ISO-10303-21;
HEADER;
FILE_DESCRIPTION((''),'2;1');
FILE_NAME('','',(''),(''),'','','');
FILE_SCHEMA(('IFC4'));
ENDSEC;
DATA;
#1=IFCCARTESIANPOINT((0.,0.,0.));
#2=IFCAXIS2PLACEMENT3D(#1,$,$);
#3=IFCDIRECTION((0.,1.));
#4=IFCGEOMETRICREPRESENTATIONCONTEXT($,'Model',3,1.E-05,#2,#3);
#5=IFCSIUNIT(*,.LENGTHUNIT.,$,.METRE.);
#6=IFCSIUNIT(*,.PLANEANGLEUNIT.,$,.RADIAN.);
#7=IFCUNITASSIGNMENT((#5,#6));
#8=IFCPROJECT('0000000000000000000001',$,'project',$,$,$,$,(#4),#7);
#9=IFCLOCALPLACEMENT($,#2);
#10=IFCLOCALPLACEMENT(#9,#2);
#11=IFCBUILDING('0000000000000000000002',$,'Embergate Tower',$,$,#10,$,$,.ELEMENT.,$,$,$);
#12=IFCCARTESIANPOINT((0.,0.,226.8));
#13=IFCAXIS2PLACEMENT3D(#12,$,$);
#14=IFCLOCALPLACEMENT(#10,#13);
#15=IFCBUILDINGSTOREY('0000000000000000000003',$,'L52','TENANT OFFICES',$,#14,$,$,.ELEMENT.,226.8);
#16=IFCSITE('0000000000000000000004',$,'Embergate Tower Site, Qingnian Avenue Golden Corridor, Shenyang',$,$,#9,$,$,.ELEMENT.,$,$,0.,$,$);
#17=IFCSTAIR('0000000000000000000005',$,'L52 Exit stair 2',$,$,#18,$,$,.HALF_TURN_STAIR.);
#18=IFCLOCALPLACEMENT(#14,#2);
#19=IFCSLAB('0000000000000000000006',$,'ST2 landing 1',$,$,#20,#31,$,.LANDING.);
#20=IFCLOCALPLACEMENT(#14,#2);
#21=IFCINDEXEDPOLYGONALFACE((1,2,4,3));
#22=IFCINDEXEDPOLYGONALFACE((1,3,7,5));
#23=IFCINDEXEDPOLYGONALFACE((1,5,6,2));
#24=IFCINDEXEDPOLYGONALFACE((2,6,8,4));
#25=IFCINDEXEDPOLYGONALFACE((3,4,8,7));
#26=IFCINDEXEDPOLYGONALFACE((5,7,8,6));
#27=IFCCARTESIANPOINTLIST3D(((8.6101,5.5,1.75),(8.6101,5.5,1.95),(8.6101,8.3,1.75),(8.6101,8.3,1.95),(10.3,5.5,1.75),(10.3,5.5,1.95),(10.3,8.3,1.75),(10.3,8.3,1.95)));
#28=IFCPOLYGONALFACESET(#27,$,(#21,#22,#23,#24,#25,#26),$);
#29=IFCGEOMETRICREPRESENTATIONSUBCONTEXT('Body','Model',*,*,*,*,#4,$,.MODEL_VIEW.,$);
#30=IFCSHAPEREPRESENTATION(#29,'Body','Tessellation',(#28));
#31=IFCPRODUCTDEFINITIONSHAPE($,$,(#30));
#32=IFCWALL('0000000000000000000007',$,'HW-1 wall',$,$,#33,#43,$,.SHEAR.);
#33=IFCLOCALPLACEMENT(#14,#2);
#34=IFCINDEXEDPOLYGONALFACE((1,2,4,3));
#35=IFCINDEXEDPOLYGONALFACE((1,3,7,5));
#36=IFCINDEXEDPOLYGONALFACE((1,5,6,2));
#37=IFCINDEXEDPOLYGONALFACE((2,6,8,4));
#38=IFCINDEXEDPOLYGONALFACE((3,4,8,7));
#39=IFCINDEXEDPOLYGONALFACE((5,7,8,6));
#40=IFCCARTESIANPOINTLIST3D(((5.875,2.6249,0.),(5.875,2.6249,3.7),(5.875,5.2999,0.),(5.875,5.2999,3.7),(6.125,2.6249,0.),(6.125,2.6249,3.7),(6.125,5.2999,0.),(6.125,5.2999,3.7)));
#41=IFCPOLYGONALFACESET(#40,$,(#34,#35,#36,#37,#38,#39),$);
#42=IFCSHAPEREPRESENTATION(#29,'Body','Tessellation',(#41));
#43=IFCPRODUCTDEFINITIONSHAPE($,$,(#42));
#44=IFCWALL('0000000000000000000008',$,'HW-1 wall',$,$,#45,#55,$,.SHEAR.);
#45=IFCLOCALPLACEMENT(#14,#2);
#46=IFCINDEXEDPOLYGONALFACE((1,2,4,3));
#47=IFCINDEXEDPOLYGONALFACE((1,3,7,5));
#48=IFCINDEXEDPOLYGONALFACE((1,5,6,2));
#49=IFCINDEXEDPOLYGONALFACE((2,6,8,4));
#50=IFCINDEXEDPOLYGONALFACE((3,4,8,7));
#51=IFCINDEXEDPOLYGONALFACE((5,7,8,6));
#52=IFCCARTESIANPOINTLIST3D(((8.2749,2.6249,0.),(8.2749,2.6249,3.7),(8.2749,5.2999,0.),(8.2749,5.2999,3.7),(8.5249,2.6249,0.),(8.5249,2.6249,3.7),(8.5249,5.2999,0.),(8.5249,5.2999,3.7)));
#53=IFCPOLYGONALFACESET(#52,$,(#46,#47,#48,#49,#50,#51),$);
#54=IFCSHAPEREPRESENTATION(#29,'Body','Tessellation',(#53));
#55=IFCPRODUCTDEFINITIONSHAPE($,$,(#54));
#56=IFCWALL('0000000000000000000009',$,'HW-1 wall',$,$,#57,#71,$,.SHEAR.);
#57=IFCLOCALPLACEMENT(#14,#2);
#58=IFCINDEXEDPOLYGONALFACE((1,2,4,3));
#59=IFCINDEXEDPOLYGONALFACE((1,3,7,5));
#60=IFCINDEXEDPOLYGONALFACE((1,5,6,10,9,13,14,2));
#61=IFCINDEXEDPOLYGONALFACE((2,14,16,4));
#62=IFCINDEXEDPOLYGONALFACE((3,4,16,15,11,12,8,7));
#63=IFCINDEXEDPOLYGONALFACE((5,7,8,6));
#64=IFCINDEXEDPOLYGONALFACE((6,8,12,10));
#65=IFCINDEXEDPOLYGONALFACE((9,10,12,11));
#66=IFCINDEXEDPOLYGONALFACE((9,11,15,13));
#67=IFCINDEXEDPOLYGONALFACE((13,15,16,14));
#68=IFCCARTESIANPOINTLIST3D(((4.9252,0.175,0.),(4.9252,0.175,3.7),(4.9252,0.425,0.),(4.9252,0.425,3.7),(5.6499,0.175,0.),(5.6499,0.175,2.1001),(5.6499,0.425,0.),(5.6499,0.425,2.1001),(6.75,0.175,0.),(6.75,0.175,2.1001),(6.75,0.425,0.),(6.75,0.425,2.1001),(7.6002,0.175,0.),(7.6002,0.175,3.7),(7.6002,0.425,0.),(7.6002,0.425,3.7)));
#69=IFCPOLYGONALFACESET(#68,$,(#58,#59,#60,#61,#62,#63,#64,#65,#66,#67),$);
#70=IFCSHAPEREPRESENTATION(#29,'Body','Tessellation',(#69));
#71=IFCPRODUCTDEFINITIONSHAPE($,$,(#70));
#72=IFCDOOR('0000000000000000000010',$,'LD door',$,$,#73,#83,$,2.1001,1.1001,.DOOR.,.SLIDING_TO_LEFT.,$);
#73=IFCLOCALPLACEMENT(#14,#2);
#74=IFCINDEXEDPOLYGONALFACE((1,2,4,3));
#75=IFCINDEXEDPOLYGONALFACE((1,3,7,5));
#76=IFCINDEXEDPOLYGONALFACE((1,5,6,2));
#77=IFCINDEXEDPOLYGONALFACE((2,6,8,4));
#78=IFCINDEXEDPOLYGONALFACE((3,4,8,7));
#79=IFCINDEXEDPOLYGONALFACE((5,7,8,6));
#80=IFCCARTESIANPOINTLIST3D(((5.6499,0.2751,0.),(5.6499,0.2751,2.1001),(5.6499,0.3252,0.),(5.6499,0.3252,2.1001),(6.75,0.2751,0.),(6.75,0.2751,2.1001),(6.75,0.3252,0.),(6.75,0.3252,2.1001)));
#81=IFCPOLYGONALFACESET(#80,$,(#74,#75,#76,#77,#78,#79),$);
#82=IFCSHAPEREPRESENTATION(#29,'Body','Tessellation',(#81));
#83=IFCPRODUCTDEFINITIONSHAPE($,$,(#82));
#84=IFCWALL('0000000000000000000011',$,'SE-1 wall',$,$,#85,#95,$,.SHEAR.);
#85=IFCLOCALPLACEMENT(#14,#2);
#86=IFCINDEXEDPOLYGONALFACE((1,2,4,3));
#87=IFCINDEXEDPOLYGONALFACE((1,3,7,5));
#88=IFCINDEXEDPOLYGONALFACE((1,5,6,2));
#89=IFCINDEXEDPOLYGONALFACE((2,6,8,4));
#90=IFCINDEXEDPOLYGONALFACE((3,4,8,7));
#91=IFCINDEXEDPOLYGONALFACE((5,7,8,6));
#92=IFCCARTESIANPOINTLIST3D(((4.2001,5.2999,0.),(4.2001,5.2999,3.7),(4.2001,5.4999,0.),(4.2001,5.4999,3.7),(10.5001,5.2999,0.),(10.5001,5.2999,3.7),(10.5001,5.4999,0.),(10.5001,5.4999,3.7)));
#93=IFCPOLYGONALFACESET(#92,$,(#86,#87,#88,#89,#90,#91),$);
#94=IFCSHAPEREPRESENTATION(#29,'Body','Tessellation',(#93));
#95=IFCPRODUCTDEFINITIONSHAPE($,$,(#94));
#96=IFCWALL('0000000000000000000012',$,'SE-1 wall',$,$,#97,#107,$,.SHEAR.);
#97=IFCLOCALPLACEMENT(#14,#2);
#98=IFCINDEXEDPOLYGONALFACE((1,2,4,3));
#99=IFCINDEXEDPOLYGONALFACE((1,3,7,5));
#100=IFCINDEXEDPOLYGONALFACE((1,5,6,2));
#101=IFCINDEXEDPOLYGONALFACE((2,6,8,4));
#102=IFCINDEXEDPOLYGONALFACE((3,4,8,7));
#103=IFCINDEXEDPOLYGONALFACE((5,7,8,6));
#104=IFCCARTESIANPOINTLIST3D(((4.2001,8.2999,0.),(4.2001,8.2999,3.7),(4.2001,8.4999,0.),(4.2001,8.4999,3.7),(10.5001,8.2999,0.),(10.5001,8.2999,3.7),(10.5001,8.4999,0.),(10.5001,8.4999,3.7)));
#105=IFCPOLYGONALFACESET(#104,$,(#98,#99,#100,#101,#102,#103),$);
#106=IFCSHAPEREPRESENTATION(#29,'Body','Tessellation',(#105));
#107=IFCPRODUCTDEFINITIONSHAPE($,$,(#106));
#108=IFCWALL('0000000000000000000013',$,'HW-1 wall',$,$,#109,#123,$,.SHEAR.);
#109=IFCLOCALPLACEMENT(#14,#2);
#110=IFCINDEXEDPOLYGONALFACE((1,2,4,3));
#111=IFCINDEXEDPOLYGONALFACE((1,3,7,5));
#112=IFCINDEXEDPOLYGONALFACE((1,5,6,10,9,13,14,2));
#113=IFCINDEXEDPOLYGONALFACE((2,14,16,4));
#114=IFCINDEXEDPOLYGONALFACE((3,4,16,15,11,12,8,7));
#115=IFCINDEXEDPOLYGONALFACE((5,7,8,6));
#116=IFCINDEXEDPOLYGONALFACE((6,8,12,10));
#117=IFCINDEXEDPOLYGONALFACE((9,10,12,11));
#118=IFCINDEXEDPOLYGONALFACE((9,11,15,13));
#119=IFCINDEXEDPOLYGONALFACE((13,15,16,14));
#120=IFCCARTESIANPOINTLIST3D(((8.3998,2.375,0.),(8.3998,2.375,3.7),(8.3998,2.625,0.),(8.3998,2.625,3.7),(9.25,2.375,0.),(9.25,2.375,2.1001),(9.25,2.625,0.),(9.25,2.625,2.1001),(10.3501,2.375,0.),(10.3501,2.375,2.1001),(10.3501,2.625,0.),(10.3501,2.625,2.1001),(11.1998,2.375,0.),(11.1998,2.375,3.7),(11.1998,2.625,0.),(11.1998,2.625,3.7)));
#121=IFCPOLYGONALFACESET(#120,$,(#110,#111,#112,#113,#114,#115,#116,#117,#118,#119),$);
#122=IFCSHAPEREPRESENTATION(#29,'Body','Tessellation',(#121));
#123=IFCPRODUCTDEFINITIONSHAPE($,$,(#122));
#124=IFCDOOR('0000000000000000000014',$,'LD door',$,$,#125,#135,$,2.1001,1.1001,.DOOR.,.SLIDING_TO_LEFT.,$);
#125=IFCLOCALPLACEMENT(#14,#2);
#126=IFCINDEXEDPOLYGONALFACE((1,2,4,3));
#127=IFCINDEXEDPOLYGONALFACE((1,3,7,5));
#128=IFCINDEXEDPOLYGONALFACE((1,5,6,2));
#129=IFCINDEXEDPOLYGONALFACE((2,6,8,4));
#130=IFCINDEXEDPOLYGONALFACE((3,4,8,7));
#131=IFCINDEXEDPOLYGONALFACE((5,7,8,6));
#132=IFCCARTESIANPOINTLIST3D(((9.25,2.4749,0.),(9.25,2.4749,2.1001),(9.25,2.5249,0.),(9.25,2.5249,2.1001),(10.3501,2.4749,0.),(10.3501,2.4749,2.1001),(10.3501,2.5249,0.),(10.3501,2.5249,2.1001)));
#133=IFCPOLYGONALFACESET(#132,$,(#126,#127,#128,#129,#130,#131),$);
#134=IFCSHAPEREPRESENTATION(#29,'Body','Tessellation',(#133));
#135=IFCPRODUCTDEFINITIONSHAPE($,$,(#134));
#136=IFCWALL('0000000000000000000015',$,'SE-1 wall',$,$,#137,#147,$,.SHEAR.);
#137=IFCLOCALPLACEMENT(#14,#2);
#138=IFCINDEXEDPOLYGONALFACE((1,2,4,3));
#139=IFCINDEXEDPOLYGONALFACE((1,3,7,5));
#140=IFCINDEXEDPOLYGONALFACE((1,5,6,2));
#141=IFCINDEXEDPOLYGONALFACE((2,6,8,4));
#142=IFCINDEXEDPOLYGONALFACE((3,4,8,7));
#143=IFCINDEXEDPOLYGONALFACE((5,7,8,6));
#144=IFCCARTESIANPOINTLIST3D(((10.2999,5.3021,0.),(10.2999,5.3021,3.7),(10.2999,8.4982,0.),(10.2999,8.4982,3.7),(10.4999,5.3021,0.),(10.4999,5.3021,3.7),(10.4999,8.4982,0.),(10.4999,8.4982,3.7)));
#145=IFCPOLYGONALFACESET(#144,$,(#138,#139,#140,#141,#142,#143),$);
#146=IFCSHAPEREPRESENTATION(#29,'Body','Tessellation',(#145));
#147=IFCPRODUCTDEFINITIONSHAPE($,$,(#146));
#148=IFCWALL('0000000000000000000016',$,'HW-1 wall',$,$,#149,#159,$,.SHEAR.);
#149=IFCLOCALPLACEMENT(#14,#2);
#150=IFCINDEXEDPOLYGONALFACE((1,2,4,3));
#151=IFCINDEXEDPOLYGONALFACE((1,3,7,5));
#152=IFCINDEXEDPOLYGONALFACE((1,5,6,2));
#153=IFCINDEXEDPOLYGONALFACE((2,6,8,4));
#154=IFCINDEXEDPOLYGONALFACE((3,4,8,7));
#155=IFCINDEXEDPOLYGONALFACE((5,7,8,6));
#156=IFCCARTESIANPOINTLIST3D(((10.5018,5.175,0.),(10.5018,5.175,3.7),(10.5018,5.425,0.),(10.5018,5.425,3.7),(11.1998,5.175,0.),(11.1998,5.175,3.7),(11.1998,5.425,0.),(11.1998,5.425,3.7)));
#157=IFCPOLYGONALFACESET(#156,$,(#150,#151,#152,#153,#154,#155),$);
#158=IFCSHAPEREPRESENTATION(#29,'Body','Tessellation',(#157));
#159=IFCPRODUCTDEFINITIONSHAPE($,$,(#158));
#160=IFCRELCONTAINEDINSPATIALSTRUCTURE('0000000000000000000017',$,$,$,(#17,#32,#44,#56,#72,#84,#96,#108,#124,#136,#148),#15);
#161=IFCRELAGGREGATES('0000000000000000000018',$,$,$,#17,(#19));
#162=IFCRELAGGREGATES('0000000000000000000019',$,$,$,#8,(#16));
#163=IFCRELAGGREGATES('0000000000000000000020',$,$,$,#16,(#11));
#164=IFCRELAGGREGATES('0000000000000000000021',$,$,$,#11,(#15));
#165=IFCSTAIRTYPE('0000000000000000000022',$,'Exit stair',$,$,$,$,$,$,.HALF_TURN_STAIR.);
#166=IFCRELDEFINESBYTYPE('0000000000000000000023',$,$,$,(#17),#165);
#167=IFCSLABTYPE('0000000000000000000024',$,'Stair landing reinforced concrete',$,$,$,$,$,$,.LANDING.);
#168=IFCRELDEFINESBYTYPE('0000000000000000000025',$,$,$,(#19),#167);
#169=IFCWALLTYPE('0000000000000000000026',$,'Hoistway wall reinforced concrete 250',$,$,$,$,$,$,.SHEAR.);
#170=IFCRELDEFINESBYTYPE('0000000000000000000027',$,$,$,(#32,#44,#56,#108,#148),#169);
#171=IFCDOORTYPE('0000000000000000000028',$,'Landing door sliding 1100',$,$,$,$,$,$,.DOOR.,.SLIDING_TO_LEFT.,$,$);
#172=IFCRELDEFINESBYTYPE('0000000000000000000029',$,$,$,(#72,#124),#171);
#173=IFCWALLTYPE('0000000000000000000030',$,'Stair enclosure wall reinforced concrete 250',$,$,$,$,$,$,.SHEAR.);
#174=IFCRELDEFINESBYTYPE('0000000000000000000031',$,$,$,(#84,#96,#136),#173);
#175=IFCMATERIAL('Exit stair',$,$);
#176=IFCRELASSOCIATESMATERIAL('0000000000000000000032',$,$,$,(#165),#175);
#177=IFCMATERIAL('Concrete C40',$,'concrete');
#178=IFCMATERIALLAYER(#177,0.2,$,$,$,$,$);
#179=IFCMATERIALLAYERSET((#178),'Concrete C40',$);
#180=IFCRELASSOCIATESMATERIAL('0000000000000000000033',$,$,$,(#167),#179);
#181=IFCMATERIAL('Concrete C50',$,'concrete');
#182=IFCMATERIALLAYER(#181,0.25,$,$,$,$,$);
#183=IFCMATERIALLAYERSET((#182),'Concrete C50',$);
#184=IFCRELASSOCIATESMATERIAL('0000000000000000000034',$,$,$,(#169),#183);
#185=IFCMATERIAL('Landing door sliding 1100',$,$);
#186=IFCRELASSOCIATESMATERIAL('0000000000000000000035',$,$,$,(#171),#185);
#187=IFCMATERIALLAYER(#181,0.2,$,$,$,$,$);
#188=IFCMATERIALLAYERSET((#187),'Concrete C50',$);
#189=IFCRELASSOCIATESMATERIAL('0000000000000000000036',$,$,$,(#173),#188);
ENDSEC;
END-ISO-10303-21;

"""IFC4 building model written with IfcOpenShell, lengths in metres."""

from ifc_helpers import new_model, si_unit, direction, frame, frame_2d, origin, place, context, subcontext, project, spatial, polyline, rectangle, outline, extrude, source, transform, mapped, material, layer, layer_set, type_object, element, fill, aggregate, save


model = new_model("IFC4")

# Units and contexts
model_context = context("Model", 3, precision=1e-05, world=origin(), true_north=direction((0.0, 1.0)))
body_context = subcontext(model_context, "Body", "Model", "MODEL_VIEW")
ifc_project = project(units=[si_unit("LENGTHUNIT", "METRE"), si_unit("PLANEANGLEUNIT", "RADIAN")], contexts=[model_context])

# Site, building, storey
site_placement = place(None, origin())
site = spatial("IfcSite", under=ifc_project, at=site_placement, Name="Embergate Tower Site, Qingnian Avenue Golden Corridor, Shenyang", CompositionType="ELEMENT", RefElevation=0.0)
building_placement = place(site_placement, origin())
building = spatial("IfcBuilding", under=site, at=building_placement, Name="Embergate Tower", CompositionType="ELEMENT")
storey_placement = place(building_placement, frame((0.0, 0.0, 226.8)))
storey = spatial("IfcBuildingStorey", under=building, at=storey_placement, Name="L52", Description="TENANT OFFICES", CompositionType="ELEMENT", Elevation=226.8)

# Stair, slab
ifc_material_1 = material(Name="Exit stair")
stair_type = type_object("IfcStairType", Name="Exit stair", PredefinedType="HALF_TURN_STAIR", material=ifc_material_1)
stair_placement = place(storey_placement, origin())
stair = element("IfcStair", 1, at=stair_placement, inside=storey, type_object=stair_type, Name="L52 Exit stair 2", PredefinedType="HALF_TURN_STAIR")
ifc_material_2 = material(Name="Concrete C40", Category="concrete")
ifc_layer_1 = layer(ifc_material_2, 0.2)
ifc_layer_set_1 = layer_set([ifc_layer_1], Name="Concrete C40")
slab_type = type_object("IfcSlabType", Name="Stair landing reinforced concrete", PredefinedType="LANDING", material=ifc_layer_set_1)
shared_shape_1 = source(origin(), body_context, "Body", "SweptSolid", [
    extrude(outline(polyline([(0.0, 0.0), (1.6899, 0.0), (1.6899, 2.8), (0.0, 2.8), (0.0, 0.0)])), origin(), (0.0, 0.0, 1.0), 0.2),
])
slab_placement = place(storey_placement, frame((8.6101, 5.5, 1.75)))
slab = element("IfcSlab", 2, at=slab_placement, type_object=slab_type, Name="ST2 landing 1", PredefinedType="LANDING", context=body_context, shape_type="MappedRepresentation", body=[
    mapped(shared_shape_1, transform((0.0, 0.0, 0.0))),
])

# Walls
ifc_material_3 = material(Name="Concrete C50", Category="concrete")
ifc_layer_2 = layer(ifc_material_3, 0.25)
ifc_layer_set_2 = layer_set([ifc_layer_2], Name="Concrete C50")
wall_type_1 = type_object("IfcWallType", Name="Hoistway wall reinforced concrete 250", PredefinedType="SHEAR", material=ifc_layer_set_2)
shared_shape_2 = source(origin(), body_context, "Body", "SweptSolid", [
    extrude(rectangle(XDim=2.675, YDim=0.25, at=frame_2d((1.3374, 0.0))), origin(), (0.0, 0.0, 1.0), 3.7),
])
for number, where, z_axis, x_axis, name in (
    (3, (6.0, 2.625, 0.0), (0.0, 0.0, 1.0), (0.0, 1.0, 0.0), "HW-1 wall"),
    (4, (8.3999, 2.625, 0.0), (0.0, 0.0, 1.0), (0.0, 1.0, 0.0), "HW-1 wall"),
):
    element("IfcWall", number, at=place(storey_placement, frame(where, z_axis=z_axis, x_axis=x_axis)), inside=storey, type_object=wall_type_1, Name=name, PredefinedType="SHEAR", context=body_context, shape_type="MappedRepresentation", body=[
        mapped(shared_shape_2, transform((0.0, 0.0, 0.0))),
    ])

# Wall, opening, door
wall_1_placement = place(storey_placement, frame((7.6001, 0.3, 0.0), z_axis=(0.0, 0.0, 1.0), x_axis=(-1.0, 0.0, 0.0)))
wall_1 = element("IfcWall", 5, at=wall_1_placement, inside=storey, type_object=wall_type_1, Name="HW-1 wall", PredefinedType="SHEAR", context=body_context, shape_type="MappedRepresentation", body=[
    mapped(shared_shape_2, transform((0.0, 0.0, 0.0))),
])
shared_shape_3 = source(origin(), body_context, "Body", "SweptSolid", [
    extrude(rectangle(XDim=1.1001, YDim=2.1001, at=frame_2d((0.55, 1.05))), frame((0.0, 0.135, 0.0), z_axis=(0.0, -1.0, 0.0), x_axis=(1.0, 0.0, 0.0)), (0.0, 0.0, 1.0), 0.27),
])
opening_1_placement = place(wall_1_placement, frame((0.8501, 0.0, 0.0)))
opening_1 = element("IfcOpeningElement", 6, at=opening_1_placement, cuts=wall_1, PredefinedType="OPENING", context=body_context, shape_type="MappedRepresentation", body=[
    mapped(shared_shape_3, transform((0.0, 0.0, 0.0))),
])
ifc_material_4 = material(Name="Landing door sliding 1100")
door_type_1 = type_object("IfcDoorType", Name="Landing door sliding 1100", OperationType="SLIDING_TO_LEFT", PredefinedType="DOOR", material=ifc_material_4)
shared_shape_4 = source(origin(), body_context, "Body", "SweptSolid", [
    extrude(rectangle(XDim=1.1001, YDim=2.1001, at=frame_2d((0.55, 1.05))), frame((0.0, 0.0249, 0.0), z_axis=(0.0, -1.0, 0.0), x_axis=(1.0, 0.0, 0.0)), (0.0, 0.0, 1.0), 0.05),
])
door_1_placement = place(opening_1_placement, origin())
door_1 = element("IfcDoor", 7, at=door_1_placement, inside=storey, type_object=door_type_1, Name="LD door", OperationType="SLIDING_TO_LEFT", OverallHeight=2.1001, OverallWidth=1.1001, PredefinedType="DOOR", context=body_context, shape_type="MappedRepresentation", body=[
    mapped(shared_shape_4, transform((0.0, 0.0, 0.0))),
])
fill(opening_1, door_1)

# Walls
ifc_layer_3 = layer(ifc_material_3, 0.2)
ifc_layer_set_3 = layer_set([ifc_layer_3], Name="Concrete C50")
wall_type_2 = type_object("IfcWallType", Name="Stair enclosure wall reinforced concrete 250", PredefinedType="SHEAR", material=ifc_layer_set_3)
shared_shape_5 = source(origin(), body_context, "Body", "SweptSolid", [
    extrude(rectangle(XDim=6.3, YDim=0.2, at=frame_2d((3.1499, 0.0))), origin(), (0.0, 0.0, 1.0), 3.7),
])
for number, where, z_axis, x_axis, name in (
    (8, (10.5, 5.3999, 0.0), (0.0, 0.0, 1.0), (-1.0, 0.0, 0.0), "SE-1 wall"),
    (9, (10.5, 8.3999, 0.0), (0.0, 0.0, 1.0), (-1.0, 0.0, 0.0), "SE-1 wall"),
):
    element("IfcWall", number, at=place(storey_placement, frame(where, z_axis=z_axis, x_axis=x_axis)), inside=storey, type_object=wall_type_2, Name=name, PredefinedType="SHEAR", context=body_context, shape_type="MappedRepresentation", body=[
        mapped(shared_shape_5, transform((0.0, 0.0, 0.0))),
    ])

# Wall, opening, door
shared_shape_6 = source(origin(), body_context, "Body", "SweptSolid", [
    extrude(rectangle(XDim=2.8, YDim=0.25, at=frame_2d((1.3999, 0.0))), origin(), (0.0, 0.0, 1.0), 3.7),
])
wall_2_placement = place(storey_placement, frame((8.3999, 2.5, 0.0), z_axis=(0.0, 0.0, 1.0), x_axis=(1.0, 0.0, 0.0)))
wall_2 = element("IfcWall", 10, at=wall_2_placement, inside=storey, type_object=wall_type_1, Name="HW-1 wall", PredefinedType="SHEAR", context=body_context, shape_type="MappedRepresentation", body=[
    mapped(shared_shape_6, transform((0.0, 0.0, 0.0))),
])
opening_2_placement = place(wall_2_placement, frame((0.8501, 0.0, 0.0)))
opening_2 = element("IfcOpeningElement", 11, at=opening_2_placement, cuts=wall_2, PredefinedType="OPENING", context=body_context, shape_type="MappedRepresentation", body=[
    mapped(shared_shape_3, transform((0.0, 0.0, 0.0))),
])
door_2_placement = place(opening_2_placement, origin())
door_2 = element("IfcDoor", 12, at=door_2_placement, inside=storey, type_object=door_type_1, Name="LD door", OperationType="SLIDING_TO_LEFT", OverallHeight=2.1001, OverallWidth=1.1001, PredefinedType="DOOR", context=body_context, shape_type="MappedRepresentation", body=[
    mapped(shared_shape_4, transform((0.0, 0.0, 0.0))),
])
fill(opening_2, door_2)

# Walls
shared_shape_7 = source(origin(), body_context, "Body", "SweptSolid", [
    extrude(rectangle(XDim=3.196, YDim=0.2, at=frame_2d((1.5981, 0.0))), origin(), (0.0, 0.0, 1.0), 3.7),
])
wall_3_placement = place(storey_placement, frame((10.3999, 5.302, 0.0), z_axis=(0.0, 0.0, 1.0), x_axis=(0.0, 1.0, 0.0)))
element("IfcWall", 13, at=wall_3_placement, inside=storey, type_object=wall_type_2, Name="SE-1 wall", PredefinedType="SHEAR", context=body_context, shape_type="MappedRepresentation", body=[
    mapped(shared_shape_7, transform((0.0, 0.0, 0.0))),
])
shared_shape_8 = source(origin(), body_context, "Body", "SweptSolid", [
    extrude(rectangle(XDim=0.698, YDim=0.25, at=frame_2d((0.3491, 0.0))), origin(), (0.0, 0.0, 1.0), 3.7),
])
wall_4_placement = place(storey_placement, frame((11.2, 5.3, 0.0), z_axis=(0.0, 0.0, 1.0), x_axis=(-1.0, 0.0, 0.0)))
element("IfcWall", 14, at=wall_4_placement, inside=storey, type_object=wall_type_1, Name="HW-1 wall", PredefinedType="SHEAR", context=body_context, shape_type="MappedRepresentation", body=[
    mapped(shared_shape_8, transform((0.0, 0.0, 0.0))),
])

aggregate(stair, [slab])

save(model, "model.ifc")
